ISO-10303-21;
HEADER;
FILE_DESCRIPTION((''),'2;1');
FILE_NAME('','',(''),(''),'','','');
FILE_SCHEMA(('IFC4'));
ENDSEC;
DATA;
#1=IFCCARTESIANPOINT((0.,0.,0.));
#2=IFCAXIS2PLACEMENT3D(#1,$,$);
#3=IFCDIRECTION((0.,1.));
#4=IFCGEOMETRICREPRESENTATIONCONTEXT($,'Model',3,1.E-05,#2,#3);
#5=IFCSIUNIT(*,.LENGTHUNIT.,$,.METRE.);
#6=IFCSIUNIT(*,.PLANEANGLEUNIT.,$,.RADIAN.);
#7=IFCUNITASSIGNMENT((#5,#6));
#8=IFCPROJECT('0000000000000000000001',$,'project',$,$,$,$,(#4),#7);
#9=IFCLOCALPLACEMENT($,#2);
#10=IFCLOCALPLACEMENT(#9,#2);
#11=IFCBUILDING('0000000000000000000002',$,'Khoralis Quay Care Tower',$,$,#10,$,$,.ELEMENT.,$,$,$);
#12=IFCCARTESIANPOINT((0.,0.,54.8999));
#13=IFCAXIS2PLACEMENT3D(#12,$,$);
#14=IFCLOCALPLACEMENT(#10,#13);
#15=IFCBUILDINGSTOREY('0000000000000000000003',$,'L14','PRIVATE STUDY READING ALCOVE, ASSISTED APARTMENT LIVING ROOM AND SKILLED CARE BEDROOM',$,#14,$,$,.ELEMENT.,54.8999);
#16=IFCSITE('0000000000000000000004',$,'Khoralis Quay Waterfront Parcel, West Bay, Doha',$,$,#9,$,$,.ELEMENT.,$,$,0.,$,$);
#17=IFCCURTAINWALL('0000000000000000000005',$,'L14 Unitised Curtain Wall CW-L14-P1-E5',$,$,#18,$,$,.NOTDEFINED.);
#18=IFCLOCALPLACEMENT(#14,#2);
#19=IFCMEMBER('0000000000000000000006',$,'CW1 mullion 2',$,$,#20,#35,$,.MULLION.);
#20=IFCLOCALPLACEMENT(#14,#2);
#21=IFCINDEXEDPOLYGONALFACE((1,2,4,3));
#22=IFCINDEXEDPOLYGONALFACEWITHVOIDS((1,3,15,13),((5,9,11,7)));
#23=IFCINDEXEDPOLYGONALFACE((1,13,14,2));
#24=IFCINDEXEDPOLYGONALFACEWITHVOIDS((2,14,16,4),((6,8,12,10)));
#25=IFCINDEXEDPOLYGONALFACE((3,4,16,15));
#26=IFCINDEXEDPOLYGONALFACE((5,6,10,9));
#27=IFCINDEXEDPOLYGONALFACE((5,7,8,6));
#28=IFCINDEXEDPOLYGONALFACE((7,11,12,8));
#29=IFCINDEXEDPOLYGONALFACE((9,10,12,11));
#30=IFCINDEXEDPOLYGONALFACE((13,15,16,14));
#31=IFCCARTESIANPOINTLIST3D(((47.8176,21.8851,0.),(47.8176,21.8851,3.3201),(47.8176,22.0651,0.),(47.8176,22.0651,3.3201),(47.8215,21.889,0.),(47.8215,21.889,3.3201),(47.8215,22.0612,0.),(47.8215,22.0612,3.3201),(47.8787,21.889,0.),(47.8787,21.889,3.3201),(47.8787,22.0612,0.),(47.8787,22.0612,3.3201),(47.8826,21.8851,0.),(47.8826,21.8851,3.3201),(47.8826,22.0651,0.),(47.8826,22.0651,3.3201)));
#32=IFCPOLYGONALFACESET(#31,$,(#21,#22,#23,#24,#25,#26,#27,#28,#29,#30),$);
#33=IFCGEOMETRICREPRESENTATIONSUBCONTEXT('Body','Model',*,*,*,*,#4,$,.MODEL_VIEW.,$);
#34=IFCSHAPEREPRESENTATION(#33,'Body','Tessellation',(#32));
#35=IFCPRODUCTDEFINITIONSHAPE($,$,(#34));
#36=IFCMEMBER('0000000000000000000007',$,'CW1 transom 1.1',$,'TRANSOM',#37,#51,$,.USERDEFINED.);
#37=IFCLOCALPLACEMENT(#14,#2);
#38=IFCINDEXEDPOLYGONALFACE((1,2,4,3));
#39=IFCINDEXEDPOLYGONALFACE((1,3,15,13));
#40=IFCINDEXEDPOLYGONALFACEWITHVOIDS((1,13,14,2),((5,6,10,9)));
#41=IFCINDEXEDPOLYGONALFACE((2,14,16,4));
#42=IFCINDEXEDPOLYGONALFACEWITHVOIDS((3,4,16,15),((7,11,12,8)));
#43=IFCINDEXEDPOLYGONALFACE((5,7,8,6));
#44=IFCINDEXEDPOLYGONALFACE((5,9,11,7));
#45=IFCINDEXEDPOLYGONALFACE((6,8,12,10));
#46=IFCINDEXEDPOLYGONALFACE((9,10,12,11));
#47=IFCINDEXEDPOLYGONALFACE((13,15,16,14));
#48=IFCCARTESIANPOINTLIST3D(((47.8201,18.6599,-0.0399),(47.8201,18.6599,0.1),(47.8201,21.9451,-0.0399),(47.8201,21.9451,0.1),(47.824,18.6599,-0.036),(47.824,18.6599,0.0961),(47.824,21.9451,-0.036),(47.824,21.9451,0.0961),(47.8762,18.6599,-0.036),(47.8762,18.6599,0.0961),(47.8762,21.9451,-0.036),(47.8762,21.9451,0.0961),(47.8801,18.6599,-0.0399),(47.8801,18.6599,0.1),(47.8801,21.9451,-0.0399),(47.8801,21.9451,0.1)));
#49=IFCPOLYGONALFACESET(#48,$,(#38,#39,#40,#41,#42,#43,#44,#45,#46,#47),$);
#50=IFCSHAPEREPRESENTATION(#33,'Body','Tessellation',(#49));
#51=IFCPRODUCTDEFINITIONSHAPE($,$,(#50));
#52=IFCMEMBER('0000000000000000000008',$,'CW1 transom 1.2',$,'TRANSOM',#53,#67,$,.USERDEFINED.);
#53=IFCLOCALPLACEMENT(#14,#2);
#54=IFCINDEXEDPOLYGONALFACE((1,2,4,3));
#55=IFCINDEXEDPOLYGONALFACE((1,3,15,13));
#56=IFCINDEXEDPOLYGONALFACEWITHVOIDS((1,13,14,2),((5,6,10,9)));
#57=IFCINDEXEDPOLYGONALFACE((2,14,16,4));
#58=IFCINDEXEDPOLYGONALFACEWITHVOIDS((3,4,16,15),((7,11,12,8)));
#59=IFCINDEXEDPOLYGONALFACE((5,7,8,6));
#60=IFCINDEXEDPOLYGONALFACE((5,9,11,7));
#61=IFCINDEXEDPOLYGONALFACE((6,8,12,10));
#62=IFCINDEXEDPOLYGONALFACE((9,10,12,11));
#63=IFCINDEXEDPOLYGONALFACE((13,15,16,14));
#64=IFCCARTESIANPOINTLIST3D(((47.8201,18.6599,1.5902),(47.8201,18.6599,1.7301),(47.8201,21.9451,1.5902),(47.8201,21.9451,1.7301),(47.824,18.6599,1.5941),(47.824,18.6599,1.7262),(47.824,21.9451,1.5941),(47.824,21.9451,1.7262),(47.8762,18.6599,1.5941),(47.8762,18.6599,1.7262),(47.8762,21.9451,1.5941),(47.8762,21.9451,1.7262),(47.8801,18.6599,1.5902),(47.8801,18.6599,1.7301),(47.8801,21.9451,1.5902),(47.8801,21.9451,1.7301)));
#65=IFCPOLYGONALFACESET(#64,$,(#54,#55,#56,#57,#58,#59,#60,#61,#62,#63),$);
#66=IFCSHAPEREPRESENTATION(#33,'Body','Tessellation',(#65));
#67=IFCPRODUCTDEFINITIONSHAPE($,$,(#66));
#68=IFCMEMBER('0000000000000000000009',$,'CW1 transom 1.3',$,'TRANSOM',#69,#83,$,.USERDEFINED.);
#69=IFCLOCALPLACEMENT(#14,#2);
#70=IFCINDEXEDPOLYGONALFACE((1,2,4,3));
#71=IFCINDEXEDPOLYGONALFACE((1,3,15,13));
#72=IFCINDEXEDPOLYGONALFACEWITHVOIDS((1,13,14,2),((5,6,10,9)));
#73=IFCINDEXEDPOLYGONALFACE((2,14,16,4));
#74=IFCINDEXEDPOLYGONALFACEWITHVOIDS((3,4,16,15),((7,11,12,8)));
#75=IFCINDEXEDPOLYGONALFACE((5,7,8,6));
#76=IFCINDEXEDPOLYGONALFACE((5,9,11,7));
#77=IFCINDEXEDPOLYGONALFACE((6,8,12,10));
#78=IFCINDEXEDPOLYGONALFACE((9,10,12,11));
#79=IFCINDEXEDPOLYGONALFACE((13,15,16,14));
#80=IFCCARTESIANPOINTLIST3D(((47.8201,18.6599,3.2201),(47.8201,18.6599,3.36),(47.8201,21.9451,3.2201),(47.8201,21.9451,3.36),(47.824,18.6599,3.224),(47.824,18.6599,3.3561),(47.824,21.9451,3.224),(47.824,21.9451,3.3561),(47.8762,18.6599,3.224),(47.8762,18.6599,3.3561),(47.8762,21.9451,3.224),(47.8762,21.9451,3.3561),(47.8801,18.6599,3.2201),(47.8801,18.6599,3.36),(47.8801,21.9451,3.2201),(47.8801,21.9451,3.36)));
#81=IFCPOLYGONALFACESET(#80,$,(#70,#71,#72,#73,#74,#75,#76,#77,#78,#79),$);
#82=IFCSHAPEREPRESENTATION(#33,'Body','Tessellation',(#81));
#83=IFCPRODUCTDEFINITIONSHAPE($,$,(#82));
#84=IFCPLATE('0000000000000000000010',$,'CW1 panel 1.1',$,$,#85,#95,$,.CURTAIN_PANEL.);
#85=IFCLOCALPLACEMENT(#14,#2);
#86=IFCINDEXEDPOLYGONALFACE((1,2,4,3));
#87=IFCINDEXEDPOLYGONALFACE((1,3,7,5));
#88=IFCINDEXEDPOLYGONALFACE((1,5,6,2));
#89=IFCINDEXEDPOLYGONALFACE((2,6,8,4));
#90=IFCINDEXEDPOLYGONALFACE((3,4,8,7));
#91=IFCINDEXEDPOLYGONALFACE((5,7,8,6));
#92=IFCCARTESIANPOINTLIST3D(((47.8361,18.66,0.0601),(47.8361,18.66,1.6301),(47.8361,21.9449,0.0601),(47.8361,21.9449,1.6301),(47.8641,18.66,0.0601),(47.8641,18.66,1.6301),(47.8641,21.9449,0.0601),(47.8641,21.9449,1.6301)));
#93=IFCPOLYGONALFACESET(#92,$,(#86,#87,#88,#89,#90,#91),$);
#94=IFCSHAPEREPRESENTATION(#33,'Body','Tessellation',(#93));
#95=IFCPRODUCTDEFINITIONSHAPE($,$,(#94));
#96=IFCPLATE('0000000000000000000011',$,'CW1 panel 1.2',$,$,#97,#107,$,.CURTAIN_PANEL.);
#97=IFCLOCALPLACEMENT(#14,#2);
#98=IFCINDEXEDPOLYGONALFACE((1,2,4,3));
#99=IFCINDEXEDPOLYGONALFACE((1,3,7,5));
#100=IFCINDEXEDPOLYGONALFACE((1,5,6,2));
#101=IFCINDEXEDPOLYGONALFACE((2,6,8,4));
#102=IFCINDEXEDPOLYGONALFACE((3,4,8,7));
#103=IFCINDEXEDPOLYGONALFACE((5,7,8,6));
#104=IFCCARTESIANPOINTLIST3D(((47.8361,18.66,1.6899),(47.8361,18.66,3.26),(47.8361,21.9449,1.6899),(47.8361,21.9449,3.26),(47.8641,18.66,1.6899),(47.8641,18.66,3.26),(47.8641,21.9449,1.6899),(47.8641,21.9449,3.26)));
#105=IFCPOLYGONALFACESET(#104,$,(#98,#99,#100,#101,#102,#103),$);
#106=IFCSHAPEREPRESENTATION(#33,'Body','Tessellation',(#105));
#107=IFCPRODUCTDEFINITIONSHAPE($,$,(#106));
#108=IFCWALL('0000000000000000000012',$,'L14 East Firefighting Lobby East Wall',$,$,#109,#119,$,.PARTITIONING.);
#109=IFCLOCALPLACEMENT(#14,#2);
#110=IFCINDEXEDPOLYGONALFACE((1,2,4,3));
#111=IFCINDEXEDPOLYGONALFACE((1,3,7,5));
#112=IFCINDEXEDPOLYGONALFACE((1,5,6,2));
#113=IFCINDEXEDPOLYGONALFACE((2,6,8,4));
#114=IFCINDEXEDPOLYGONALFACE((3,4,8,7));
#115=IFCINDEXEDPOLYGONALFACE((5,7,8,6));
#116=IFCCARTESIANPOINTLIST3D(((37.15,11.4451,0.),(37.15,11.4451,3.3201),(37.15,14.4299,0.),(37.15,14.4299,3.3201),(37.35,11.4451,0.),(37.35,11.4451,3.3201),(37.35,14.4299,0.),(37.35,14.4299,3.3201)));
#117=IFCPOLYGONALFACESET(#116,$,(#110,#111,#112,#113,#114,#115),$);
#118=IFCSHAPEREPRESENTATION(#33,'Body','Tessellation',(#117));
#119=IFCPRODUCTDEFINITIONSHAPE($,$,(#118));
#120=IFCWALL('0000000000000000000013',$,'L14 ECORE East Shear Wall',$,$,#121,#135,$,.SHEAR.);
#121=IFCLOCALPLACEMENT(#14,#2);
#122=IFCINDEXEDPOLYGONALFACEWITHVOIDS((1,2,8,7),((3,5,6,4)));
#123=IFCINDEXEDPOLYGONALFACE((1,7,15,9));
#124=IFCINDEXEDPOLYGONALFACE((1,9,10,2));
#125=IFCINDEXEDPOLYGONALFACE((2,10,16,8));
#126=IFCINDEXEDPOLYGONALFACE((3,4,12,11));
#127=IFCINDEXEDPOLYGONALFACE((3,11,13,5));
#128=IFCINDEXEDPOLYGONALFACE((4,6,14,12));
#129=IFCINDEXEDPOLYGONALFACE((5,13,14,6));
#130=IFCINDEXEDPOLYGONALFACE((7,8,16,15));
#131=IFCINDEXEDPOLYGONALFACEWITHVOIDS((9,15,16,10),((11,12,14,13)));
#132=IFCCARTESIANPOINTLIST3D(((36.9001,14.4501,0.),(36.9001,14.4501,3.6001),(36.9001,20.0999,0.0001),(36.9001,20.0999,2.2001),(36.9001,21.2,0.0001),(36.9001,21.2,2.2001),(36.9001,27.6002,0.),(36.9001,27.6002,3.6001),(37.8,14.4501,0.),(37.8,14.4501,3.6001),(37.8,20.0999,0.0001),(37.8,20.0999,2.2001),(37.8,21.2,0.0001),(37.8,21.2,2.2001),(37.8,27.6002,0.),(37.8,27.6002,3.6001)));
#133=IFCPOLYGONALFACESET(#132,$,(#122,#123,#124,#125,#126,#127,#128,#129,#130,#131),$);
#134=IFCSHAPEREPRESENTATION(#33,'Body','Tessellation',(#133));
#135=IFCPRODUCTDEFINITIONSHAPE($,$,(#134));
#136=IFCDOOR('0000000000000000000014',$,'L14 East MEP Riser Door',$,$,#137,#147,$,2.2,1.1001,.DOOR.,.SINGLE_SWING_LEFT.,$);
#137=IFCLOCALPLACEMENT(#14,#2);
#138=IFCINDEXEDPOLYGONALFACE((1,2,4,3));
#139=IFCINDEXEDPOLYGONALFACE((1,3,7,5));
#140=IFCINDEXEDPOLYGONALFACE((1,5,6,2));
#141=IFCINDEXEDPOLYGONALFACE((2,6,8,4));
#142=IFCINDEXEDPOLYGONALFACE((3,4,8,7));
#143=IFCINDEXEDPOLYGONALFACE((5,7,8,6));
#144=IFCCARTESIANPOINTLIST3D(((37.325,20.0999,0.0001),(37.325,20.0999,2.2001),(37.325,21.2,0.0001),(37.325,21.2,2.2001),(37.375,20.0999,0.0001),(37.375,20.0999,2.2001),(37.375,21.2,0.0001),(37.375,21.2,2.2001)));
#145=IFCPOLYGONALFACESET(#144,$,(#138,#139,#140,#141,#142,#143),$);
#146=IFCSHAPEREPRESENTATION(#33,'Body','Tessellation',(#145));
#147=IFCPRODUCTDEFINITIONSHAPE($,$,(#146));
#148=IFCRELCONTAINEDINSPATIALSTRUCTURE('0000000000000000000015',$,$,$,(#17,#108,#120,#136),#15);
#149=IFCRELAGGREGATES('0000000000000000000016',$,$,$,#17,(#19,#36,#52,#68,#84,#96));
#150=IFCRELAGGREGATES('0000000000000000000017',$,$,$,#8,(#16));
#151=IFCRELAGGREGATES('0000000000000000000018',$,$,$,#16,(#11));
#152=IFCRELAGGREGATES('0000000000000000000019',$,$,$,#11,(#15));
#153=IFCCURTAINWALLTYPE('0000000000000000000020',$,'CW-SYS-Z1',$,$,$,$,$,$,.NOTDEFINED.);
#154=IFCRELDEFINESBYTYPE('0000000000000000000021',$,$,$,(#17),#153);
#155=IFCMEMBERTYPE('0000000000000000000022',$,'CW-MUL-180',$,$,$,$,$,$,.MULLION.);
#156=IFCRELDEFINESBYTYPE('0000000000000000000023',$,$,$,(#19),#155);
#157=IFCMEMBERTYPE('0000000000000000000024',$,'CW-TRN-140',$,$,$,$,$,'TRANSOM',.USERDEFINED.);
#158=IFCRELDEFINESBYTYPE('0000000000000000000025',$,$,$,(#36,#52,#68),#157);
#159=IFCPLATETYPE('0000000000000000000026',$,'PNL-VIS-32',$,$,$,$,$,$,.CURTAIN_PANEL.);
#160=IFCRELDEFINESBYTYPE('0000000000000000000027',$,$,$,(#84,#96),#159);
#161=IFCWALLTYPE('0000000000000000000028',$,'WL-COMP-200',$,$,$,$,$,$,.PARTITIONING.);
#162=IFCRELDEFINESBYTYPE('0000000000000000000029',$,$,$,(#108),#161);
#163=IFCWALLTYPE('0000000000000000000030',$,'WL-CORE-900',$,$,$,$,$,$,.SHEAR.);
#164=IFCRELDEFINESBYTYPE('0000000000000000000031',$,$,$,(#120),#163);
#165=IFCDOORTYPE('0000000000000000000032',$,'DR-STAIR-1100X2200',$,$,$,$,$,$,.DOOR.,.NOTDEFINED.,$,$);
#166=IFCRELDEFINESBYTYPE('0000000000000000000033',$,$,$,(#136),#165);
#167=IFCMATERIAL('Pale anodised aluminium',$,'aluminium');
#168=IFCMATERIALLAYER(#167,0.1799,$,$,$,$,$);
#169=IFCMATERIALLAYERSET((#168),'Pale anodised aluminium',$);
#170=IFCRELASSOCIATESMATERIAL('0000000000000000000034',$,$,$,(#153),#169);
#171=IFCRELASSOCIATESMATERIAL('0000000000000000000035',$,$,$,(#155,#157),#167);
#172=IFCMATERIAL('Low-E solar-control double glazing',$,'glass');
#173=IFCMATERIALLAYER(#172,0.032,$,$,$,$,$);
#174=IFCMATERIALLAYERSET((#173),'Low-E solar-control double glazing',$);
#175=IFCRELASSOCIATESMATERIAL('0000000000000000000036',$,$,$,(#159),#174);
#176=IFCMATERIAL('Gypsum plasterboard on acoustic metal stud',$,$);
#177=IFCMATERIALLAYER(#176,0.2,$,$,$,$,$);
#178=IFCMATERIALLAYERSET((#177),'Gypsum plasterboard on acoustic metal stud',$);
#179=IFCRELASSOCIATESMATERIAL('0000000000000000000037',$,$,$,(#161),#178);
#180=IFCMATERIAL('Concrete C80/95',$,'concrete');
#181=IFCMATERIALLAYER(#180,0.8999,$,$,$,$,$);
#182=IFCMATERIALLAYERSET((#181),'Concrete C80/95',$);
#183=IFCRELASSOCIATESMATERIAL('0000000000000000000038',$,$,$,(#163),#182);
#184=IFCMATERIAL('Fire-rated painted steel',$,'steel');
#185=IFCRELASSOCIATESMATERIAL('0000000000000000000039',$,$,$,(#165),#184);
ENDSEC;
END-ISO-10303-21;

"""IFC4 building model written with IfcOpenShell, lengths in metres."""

from ifc_helpers import new_model, si_unit, direction, frame, frame_2d, origin, origin_2d, place, context, subcontext, project, spatial, rectangle, hollow_rectangle, extrude, source, transform, mapped, material, layer, layer_set, material_profile, profile_set, type_object, element, fill, aggregate, save


model = new_model("IFC4")

# Units and contexts
model_context = context("Model", 3, precision=1e-05, world=origin(), true_north=direction((0.0, 1.0)))
body_context = subcontext(model_context, "Body", "Model", "MODEL_VIEW")
ifc_project = project(units=[si_unit("LENGTHUNIT", "METRE"), si_unit("PLANEANGLEUNIT", "RADIAN")], contexts=[model_context])

# Site, building, storey
site_placement = place(None, origin())
site = spatial("IfcSite", under=ifc_project, at=site_placement, Name="Khoralis Quay Waterfront Parcel, West Bay, Doha", CompositionType="ELEMENT", RefElevation=0.0)
building_placement = place(site_placement, origin())
building = spatial("IfcBuilding", under=site, at=building_placement, Name="Khoralis Quay Care Tower", CompositionType="ELEMENT")
storey_placement = place(building_placement, frame((0.0, 0.0, 54.8999)))
storey = spatial("IfcBuildingStorey", under=building, at=storey_placement, Name="L14", Description="PRIVATE STUDY READING ALCOVE, ASSISTED APARTMENT LIVING ROOM AND SKILLED CARE BEDROOM", CompositionType="ELEMENT", Elevation=54.8999)

# Shared definitions
ifc_material_1 = material(Name="Concrete C80/95", Category="concrete")

# Curtain wall, members, plates
ifc_material_2 = material(Name="Pale anodised aluminium", Category="aluminium")
ifc_layer_1 = layer(ifc_material_2, 0.1799)
ifc_layer_set_1 = layer_set([ifc_layer_1], Name="Pale anodised aluminium")
curtain_wall_type = type_object("IfcCurtainWallType", Name="CW-SYS-Z1", PredefinedType="NOTDEFINED", material=ifc_layer_set_1)
curtain_wall_placement = place(storey_placement, origin())
curtain_wall = element("IfcCurtainWall", 1, at=curtain_wall_placement, inside=storey, type_object=curtain_wall_type, Name="L14 Unitised Curtain Wall CW-L14-P1-E5", PredefinedType="NOTDEFINED")
ifc_material_profile_1 = material_profile(ifc_material_2, hollow_rectangle(XDim=0.0649, YDim=0.1799, WallThickness=0.0039, at=origin_2d()), Name="Pale anodised aluminium")
ifc_profile_set_1 = profile_set([ifc_material_profile_1], Name="Pale anodised aluminium")
member_type_1 = type_object("IfcMemberType", Name="CW-MUL-180", PredefinedType="MULLION", material=ifc_profile_set_1)
shared_shape_1 = source(origin(), body_context, "Body", "SweptSolid", [
    extrude(hollow_rectangle(XDim=0.0649, YDim=0.1799, WallThickness=0.0039, at=origin_2d()), origin(), (0.0, 0.0, 1.0), 3.3201),
])
member_1_placement = place(storey_placement, frame((47.8501, 21.9751, 0.0), z_axis=(0.0, 0.0, 1.0), x_axis=(-1.0, 0.0, 0.0)))
member_1 = element("IfcMember", 2, at=member_1_placement, type_object=member_type_1, Name="CW1 mullion 2", PredefinedType="MULLION", context=body_context, shape_type="MappedRepresentation", body=[
    mapped(shared_shape_1, transform((0.0, 0.0, 0.0), scale=1.0)),
])
ifc_material_profile_2 = material_profile(ifc_material_2, hollow_rectangle(XDim=0.0601, YDim=0.1399, WallThickness=0.0039, at=origin_2d()), Name="Pale anodised aluminium")
ifc_profile_set_2 = profile_set([ifc_material_profile_2], Name="Pale anodised aluminium")
member_type_2 = type_object("IfcMemberType", Name="CW-TRN-140", ElementType="TRANSOM", PredefinedType="USERDEFINED", material=ifc_profile_set_2)
shared_shape_2 = source(origin(), body_context, "Body", "SweptSolid", [
    extrude(hollow_rectangle(XDim=0.0601, YDim=0.1399, WallThickness=0.0039, at=origin_2d()), origin(), (0.0, 0.0, 1.0), 3.2852),
])
member_2_placement = place(storey_placement, frame((47.8501, 18.6599, 0.03), z_axis=(0.0, 1.0, 0.0), x_axis=(-1.0, 0.0, 0.0)))
member_2 = element("IfcMember", 3, at=member_2_placement, type_object=member_type_2, Name="CW1 transom 1.1", ObjectType="TRANSOM", PredefinedType="USERDEFINED", context=body_context, shape_type="MappedRepresentation", body=[
    mapped(shared_shape_2, transform((0.0, 0.0, 0.0), scale=1.0)),
])
member_3_placement = place(storey_placement, frame((47.8501, 18.6599, 1.6602), z_axis=(0.0, 1.0, 0.0), x_axis=(-1.0, 0.0, 0.0)))
member_3 = element("IfcMember", 4, at=member_3_placement, type_object=member_type_2, Name="CW1 transom 1.2", ObjectType="TRANSOM", PredefinedType="USERDEFINED", context=body_context, shape_type="MappedRepresentation", body=[
    mapped(shared_shape_2, transform((0.0, 0.0, 0.0), scale=1.0)),
])
member_4_placement = place(storey_placement, frame((47.8501, 18.6599, 3.29), z_axis=(0.0, 1.0, 0.0), x_axis=(-1.0, 0.0, 0.0)))
member_4 = element("IfcMember", 5, at=member_4_placement, type_object=member_type_2, Name="CW1 transom 1.3", ObjectType="TRANSOM", PredefinedType="USERDEFINED", context=body_context, shape_type="MappedRepresentation", body=[
    mapped(shared_shape_2, transform((0.0, 0.0, 0.0), scale=1.0)),
])
ifc_material_3 = material(Name="Low-E solar-control double glazing", Category="glass")
ifc_layer_2 = layer(ifc_material_3, 0.032)
ifc_layer_set_2 = layer_set([ifc_layer_2], Name="Low-E solar-control double glazing")
plate_type = type_object("IfcPlateType", Name="PNL-VIS-32", PredefinedType="CURTAIN_PANEL", material=ifc_layer_set_2)
shared_shape_3 = source(origin(), body_context, "Body", "SweptSolid", [
    extrude(rectangle(XDim=3.2849, YDim=0.0281, at=origin_2d()), origin(), (0.0, 0.0, 1.0), 1.5701),
])
plate_1_placement = place(storey_placement, frame((47.8501, 20.3025, 0.0601), z_axis=(0.0, 0.0, 1.0), x_axis=(0.0, 1.0, 0.0)))
plate_1 = element("IfcPlate", 6, at=plate_1_placement, type_object=plate_type, Name="CW1 panel 1.1", PredefinedType="CURTAIN_PANEL", context=body_context, shape_type="MappedRepresentation", body=[
    mapped(shared_shape_3, transform((0.0, 0.0, 0.0), scale=1.0)),
])
plate_2_placement = place(storey_placement, frame((47.8501, 20.3025, 1.6899), z_axis=(0.0, 0.0, 1.0), x_axis=(0.0, 1.0, 0.0)))
plate_2 = element("IfcPlate", 7, at=plate_2_placement, type_object=plate_type, Name="CW1 panel 1.2", PredefinedType="CURTAIN_PANEL", context=body_context, shape_type="MappedRepresentation", body=[
    mapped(shared_shape_3, transform((0.0, 0.0, 0.0), scale=1.0)),
])
aggregate(curtain_wall, [member_1, member_2, member_3, member_4, plate_1, plate_2])

# Wall
ifc_material_4 = material(Name="Gypsum plasterboard on acoustic metal stud")
ifc_layer_3 = layer(ifc_material_4, 0.2)
ifc_layer_set_3 = layer_set([ifc_layer_3], Name="Gypsum plasterboard on acoustic metal stud")
wall_type_1 = type_object("IfcWallType", Name="WL-COMP-200", PredefinedType="PARTITIONING", material=ifc_layer_set_3)
wall_1_placement = place(storey_placement, frame((37.25, 11.4451, 0.0), z_axis=(0.0, 0.0, 1.0), x_axis=(0.0, 1.0, 0.0)))
element("IfcWall", 8, at=wall_1_placement, inside=storey, type_object=wall_type_1, Name="L14 East Firefighting Lobby East Wall", PredefinedType="PARTITIONING", context=body_context, shape_type="SweptSolid", body=[
    extrude(rectangle(XDim=2.9849, YDim=0.2, at=frame_2d((1.4924, 0.0))), origin(), (0.0, 0.0, 1.0), 3.3201),
])

# Wall, opening, door
ifc_layer_4 = layer(ifc_material_1, 0.8999)
ifc_layer_set_4 = layer_set([ifc_layer_4], Name="Concrete C80/95")
wall_type_2 = type_object("IfcWallType", Name="WL-CORE-900", PredefinedType="SHEAR", material=ifc_layer_set_4)
wall_2_placement = place(storey_placement, frame((37.3501, 14.45, 0.0), z_axis=(0.0, 0.0, 1.0), x_axis=(0.0, 1.0, 0.0)))
wall_2 = element("IfcWall", 9, at=wall_2_placement, inside=storey, type_object=wall_type_2, Name="L14 ECORE East Shear Wall", PredefinedType="SHEAR", context=body_context, shape_type="SweptSolid", body=[
    extrude(rectangle(XDim=13.1501, YDim=0.8999, at=frame_2d((6.5752, 0.0))), origin(), (0.0, 0.0, 1.0), 3.6001),
])
opening_1_placement = place(wall_2_placement, frame((5.6499, 0.0, 0.0)))
opening_1 = element("IfcOpeningElement", 10, at=opening_1_placement, cuts=wall_2, PredefinedType="OPENING", context=body_context, shape_type="SweptSolid", body=[
    extrude(rectangle(XDim=1.1001, YDim=2.2, at=frame_2d((0.55, 1.1001))), frame((0.0, 0.46, 0.0), z_axis=(0.0, -1.0, 0.0), x_axis=(1.0, 0.0, 0.0)), (0.0, 0.0, 1.0), 0.9199),
])
ifc_material_5 = material(Name="Fire-rated painted steel", Category="steel")
door_type_1 = type_object("IfcDoorType", Name="DR-STAIR-1100X2200", OperationType="NOTDEFINED", PredefinedType="DOOR", material=ifc_material_5)
shared_shape_4 = source(origin(), body_context, "Body", "SweptSolid", [
    extrude(rectangle(XDim=1.1001, YDim=2.2, at=frame_2d((0.55, 1.1001))), frame((0.0, 0.0249, 0.0), z_axis=(0.0, -1.0, 0.0), x_axis=(1.0, 0.0, 0.0)), (0.0, 0.0, 1.0), 0.05),
])
door_1_placement = place(opening_1_placement, frame((1.1001, 0.0, 0.0), z_axis=(0.0, 0.0, 1.0), x_axis=(-1.0, 0.0, 0.0)))
door_1 = element("IfcDoor", 11, at=door_1_placement, inside=storey, type_object=door_type_1, Name="L14 East MEP Riser Door", OperationType="SINGLE_SWING_LEFT", OverallHeight=2.2, OverallWidth=1.1001, PredefinedType="DOOR", context=body_context, shape_type="MappedRepresentation", body=[
    mapped(shared_shape_4, transform((0.0, 0.0, 0.0), scale=1.0)),
])
fill(opening_1, door_1)

save(model, "model.ifc")
